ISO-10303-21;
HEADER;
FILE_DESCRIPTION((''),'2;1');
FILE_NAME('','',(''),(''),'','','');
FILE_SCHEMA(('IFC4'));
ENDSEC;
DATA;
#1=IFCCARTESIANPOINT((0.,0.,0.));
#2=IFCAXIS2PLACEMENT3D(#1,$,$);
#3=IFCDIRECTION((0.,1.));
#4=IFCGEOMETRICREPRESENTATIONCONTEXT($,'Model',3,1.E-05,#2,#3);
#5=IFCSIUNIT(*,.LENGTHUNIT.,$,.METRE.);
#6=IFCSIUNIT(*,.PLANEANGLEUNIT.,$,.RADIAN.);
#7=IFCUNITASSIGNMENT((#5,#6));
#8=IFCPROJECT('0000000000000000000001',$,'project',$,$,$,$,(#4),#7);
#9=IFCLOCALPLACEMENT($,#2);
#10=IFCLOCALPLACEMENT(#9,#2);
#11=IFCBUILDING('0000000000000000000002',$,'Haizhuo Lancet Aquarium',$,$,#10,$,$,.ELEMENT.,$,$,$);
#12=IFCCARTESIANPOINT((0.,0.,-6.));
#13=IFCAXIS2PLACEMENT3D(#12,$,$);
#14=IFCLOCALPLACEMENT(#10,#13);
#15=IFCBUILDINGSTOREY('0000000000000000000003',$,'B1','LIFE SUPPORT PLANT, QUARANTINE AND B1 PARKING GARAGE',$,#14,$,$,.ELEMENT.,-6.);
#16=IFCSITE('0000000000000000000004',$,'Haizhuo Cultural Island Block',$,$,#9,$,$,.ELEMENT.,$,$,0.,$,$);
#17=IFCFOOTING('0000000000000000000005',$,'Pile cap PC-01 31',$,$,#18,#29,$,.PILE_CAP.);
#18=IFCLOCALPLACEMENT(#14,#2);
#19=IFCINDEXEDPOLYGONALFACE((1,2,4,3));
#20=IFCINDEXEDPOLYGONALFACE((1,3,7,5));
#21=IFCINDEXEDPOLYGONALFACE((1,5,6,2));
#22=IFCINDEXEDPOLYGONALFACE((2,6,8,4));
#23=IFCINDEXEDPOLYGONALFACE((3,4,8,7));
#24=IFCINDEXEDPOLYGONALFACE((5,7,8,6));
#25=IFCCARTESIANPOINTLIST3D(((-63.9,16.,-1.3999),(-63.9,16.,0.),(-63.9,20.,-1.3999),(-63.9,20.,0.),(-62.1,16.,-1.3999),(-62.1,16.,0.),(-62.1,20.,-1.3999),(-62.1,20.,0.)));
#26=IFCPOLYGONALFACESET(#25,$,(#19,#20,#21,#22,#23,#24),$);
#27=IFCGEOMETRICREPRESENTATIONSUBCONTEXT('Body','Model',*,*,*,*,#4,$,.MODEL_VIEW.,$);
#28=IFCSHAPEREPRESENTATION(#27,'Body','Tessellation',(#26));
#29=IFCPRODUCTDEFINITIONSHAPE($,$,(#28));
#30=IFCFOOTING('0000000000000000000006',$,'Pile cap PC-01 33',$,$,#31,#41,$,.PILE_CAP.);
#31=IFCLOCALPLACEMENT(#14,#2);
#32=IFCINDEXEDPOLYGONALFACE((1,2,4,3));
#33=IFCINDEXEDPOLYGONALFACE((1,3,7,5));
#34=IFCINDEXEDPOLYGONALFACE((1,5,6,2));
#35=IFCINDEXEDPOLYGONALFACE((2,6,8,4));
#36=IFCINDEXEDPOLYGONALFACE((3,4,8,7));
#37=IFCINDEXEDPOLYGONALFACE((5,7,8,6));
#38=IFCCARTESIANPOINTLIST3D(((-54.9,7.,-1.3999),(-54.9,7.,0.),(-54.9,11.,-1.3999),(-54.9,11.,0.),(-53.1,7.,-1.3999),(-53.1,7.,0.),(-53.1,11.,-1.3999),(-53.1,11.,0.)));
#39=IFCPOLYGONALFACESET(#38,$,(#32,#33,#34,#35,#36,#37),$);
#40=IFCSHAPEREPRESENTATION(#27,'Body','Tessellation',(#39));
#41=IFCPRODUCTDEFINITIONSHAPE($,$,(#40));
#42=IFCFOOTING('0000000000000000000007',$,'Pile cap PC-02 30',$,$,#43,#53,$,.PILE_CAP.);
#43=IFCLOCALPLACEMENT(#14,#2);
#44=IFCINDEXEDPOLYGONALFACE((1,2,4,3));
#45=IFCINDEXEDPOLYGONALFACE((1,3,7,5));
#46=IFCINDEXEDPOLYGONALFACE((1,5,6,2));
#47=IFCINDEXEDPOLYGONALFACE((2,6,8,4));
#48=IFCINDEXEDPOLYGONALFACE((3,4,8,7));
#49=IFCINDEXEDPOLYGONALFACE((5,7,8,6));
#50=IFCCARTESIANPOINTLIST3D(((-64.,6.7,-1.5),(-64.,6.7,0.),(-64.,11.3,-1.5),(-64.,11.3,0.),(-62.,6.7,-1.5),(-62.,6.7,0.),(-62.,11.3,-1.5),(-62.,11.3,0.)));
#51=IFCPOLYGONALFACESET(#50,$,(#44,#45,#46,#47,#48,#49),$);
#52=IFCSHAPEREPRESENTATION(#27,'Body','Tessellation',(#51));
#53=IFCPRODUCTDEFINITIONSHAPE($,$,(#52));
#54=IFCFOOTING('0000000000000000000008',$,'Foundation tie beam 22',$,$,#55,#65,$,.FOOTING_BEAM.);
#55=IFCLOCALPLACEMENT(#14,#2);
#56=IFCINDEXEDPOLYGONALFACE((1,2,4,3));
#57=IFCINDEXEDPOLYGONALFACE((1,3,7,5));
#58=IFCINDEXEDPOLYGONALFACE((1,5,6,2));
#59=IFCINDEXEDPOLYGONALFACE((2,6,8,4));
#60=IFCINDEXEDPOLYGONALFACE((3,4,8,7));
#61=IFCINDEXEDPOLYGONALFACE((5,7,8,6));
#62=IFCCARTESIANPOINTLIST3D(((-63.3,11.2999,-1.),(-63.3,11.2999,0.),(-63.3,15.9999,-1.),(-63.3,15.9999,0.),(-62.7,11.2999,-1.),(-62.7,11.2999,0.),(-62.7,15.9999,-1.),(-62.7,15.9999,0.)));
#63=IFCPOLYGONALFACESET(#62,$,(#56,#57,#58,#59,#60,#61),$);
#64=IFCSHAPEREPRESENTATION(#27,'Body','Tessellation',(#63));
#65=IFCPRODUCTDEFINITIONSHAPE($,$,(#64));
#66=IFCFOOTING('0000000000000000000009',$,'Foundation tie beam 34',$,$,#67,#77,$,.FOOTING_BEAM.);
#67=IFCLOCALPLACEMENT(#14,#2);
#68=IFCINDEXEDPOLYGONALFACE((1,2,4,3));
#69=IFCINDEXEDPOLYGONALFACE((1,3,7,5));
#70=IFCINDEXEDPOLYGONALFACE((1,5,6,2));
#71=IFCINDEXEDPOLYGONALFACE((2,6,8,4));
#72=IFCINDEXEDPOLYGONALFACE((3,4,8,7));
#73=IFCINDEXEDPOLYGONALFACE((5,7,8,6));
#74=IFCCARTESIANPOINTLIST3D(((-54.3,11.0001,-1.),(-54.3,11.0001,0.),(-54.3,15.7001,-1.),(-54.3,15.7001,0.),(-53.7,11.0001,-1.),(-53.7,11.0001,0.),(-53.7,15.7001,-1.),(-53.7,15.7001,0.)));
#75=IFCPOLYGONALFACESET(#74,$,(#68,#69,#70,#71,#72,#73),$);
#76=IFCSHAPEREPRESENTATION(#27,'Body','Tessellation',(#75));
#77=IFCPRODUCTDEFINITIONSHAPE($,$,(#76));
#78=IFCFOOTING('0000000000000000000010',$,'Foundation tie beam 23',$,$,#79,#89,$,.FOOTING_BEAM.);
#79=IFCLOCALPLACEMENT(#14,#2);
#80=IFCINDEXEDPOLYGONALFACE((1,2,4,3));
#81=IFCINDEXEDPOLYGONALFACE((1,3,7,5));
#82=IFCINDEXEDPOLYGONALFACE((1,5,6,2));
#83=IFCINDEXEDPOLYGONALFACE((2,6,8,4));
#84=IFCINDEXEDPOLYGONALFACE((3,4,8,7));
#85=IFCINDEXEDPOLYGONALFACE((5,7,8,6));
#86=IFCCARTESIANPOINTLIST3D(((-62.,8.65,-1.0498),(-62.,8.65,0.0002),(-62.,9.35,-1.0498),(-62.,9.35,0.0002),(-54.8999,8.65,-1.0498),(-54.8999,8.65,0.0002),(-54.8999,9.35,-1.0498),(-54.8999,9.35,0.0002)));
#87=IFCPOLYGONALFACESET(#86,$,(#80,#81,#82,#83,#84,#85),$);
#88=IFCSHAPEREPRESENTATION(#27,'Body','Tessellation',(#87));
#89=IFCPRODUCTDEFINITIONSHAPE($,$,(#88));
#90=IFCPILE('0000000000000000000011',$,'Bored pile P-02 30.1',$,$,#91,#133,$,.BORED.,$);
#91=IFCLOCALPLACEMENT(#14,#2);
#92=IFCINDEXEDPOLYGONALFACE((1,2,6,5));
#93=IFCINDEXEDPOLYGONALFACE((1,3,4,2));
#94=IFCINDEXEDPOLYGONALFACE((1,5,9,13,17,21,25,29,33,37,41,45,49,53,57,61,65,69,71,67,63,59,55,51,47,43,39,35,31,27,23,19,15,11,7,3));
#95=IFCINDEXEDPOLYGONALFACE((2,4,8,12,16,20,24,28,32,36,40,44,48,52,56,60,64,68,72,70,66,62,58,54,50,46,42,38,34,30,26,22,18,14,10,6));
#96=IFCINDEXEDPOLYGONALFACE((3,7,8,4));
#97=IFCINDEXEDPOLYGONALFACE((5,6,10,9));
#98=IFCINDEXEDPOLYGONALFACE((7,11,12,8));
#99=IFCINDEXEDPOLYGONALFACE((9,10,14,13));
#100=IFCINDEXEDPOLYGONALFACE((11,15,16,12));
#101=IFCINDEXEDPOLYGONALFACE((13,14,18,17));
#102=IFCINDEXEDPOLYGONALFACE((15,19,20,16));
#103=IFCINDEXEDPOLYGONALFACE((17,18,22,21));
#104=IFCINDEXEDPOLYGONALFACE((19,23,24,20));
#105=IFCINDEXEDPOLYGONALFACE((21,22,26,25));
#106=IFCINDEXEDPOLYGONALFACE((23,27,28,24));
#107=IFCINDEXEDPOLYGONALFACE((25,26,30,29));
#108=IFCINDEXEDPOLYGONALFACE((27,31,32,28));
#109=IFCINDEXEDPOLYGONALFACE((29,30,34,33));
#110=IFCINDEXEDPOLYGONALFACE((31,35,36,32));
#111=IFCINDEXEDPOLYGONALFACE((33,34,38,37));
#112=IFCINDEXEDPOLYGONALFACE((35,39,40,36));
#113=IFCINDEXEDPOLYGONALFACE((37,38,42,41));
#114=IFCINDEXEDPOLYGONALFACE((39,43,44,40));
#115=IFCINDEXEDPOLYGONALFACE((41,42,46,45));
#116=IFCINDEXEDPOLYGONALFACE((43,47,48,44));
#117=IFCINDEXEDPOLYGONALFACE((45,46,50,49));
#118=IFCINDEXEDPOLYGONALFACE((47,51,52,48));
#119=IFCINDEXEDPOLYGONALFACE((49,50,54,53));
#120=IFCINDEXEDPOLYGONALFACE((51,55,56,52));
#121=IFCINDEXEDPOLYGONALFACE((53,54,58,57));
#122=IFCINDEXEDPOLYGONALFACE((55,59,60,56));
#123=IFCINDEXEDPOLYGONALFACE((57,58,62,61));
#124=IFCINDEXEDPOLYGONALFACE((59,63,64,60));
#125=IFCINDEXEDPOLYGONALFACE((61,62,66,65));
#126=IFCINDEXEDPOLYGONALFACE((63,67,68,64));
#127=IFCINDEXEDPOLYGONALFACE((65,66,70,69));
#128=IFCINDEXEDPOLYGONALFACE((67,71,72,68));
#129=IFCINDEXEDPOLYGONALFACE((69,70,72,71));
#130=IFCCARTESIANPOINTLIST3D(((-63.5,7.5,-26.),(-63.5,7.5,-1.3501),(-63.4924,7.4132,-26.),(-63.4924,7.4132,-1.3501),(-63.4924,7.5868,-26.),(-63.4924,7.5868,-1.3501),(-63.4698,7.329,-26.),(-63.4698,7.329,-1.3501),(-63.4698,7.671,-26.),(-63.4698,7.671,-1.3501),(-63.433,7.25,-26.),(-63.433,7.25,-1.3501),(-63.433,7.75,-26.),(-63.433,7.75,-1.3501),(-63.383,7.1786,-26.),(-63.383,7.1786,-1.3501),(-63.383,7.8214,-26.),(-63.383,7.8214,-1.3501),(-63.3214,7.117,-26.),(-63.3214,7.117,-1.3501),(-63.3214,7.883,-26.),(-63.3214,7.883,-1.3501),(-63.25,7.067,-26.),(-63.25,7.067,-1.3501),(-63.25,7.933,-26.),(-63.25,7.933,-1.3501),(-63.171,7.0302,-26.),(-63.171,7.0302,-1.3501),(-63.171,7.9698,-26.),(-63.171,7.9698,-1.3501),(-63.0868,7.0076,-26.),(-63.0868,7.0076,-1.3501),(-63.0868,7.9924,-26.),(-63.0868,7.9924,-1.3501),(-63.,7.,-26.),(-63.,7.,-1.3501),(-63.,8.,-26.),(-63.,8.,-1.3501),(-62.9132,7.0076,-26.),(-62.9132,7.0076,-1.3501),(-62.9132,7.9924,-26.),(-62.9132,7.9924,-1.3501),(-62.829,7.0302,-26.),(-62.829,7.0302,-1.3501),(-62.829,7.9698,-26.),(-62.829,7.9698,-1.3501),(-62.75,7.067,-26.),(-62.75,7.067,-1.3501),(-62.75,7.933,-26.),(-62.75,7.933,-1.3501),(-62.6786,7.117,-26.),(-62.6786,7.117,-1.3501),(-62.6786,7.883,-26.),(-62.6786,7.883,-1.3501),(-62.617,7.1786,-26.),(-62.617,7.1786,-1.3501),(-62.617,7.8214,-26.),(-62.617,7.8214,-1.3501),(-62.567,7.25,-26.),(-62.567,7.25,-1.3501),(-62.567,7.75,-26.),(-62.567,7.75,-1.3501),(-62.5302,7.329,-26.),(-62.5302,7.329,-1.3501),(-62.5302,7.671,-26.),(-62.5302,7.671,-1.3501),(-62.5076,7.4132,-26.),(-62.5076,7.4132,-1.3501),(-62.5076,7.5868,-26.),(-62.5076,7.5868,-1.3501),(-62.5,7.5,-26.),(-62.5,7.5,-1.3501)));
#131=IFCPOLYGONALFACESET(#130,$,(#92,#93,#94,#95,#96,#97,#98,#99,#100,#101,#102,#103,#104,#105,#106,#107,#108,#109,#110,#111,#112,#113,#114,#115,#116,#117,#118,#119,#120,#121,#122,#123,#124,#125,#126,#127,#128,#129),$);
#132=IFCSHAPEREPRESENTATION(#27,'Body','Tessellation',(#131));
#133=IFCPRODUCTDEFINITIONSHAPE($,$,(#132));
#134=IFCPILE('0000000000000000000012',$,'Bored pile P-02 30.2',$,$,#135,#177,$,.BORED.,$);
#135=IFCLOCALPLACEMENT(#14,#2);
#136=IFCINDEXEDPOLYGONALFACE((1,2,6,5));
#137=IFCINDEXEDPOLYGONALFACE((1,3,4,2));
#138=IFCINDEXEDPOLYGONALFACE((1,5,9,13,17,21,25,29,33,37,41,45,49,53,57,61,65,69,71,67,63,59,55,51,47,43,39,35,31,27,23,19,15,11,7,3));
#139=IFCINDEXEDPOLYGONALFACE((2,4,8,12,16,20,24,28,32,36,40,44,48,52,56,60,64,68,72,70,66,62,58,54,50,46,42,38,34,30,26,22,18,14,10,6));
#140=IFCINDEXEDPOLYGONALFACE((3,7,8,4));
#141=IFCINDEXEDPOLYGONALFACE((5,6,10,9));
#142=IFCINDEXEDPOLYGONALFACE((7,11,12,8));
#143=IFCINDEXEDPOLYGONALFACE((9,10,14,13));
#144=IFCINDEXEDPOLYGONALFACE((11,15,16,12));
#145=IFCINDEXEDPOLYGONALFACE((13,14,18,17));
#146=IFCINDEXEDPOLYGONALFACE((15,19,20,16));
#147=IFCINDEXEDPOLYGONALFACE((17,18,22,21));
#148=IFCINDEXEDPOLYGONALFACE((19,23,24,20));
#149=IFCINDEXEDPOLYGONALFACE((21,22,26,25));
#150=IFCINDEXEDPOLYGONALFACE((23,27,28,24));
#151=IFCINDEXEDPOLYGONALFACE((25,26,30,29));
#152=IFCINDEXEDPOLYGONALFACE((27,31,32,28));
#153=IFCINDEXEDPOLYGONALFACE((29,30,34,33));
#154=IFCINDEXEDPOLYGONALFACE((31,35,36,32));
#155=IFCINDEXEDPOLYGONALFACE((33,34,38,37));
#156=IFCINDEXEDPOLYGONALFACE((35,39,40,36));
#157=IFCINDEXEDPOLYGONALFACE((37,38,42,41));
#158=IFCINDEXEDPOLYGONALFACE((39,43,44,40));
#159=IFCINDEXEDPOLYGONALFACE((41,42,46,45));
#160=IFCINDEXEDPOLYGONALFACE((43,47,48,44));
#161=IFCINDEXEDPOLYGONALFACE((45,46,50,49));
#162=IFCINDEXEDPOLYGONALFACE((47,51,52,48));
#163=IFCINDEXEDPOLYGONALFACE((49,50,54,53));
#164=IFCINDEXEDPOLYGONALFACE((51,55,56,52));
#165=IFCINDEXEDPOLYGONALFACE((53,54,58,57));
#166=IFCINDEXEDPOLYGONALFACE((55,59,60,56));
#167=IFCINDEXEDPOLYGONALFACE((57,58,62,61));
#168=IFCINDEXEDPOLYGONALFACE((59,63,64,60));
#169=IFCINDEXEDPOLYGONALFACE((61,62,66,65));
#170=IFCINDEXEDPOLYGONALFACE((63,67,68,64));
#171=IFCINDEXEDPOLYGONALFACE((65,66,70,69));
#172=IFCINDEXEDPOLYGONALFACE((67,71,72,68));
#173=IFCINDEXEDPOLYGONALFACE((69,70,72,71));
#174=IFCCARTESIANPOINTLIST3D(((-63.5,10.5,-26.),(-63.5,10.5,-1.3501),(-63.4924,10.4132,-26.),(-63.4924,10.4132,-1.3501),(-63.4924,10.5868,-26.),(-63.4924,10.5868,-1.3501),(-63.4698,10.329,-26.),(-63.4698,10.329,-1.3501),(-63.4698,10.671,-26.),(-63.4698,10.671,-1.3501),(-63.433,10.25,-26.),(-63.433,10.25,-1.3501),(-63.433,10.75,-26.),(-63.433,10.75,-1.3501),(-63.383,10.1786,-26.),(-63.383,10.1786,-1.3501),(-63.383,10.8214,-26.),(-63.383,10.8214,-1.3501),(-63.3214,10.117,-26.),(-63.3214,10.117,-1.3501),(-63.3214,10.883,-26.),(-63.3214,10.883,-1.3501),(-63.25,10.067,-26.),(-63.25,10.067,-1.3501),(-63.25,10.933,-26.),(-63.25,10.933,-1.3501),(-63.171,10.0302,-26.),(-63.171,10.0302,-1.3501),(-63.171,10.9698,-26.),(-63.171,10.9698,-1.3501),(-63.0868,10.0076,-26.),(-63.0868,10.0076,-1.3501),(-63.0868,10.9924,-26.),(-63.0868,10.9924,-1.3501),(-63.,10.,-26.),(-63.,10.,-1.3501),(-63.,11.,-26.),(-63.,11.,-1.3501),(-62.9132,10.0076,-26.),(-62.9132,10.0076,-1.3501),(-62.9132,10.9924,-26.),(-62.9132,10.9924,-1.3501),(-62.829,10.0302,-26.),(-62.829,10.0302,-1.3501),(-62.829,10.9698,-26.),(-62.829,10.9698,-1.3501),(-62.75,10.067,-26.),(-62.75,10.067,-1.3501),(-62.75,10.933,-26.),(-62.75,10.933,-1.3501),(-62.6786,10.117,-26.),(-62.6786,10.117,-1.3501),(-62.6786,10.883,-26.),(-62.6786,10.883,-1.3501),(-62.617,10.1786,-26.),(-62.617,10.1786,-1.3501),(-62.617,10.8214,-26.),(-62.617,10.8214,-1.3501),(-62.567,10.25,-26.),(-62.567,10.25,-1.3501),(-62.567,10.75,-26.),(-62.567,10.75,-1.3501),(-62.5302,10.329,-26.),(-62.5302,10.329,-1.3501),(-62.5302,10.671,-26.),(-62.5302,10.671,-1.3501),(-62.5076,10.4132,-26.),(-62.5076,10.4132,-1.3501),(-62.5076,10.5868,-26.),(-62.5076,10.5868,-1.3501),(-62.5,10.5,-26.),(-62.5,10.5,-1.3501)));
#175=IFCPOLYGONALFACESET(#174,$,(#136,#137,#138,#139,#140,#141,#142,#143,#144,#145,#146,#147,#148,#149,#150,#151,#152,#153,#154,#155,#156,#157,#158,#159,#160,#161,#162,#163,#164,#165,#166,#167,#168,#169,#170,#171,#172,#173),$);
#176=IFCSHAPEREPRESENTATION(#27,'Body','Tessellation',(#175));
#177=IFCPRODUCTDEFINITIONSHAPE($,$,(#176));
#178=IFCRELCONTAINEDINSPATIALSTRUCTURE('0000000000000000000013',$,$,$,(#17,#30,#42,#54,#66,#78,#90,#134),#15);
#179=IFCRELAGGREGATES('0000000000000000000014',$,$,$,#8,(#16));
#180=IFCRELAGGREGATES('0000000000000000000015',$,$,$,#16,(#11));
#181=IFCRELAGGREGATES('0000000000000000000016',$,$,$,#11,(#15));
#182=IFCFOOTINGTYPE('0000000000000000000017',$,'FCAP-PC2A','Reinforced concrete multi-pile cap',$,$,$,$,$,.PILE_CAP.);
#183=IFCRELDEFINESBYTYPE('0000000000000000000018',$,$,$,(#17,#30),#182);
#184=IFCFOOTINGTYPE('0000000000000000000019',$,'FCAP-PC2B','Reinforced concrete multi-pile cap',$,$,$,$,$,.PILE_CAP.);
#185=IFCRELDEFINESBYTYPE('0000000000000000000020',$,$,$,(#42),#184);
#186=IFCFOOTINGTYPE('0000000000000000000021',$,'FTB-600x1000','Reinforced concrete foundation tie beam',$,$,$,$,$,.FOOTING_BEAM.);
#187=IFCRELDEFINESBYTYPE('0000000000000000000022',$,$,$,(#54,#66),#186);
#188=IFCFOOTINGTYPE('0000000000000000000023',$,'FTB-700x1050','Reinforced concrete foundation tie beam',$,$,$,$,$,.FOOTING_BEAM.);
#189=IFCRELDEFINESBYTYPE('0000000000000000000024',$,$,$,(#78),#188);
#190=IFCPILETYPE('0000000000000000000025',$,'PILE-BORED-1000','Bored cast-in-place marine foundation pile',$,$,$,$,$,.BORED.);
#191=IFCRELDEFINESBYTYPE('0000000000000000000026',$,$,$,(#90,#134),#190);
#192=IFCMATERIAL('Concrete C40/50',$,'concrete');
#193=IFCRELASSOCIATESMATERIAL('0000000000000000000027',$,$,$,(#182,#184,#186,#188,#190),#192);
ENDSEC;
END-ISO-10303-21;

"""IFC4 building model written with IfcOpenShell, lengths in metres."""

from ifc_helpers import new_model, si_unit, direction, frame, origin, origin_2d, place, context, subcontext, project, spatial, rectangle, circle, extrude, material, material_profile, profile_set, type_object, element, save


model = new_model("IFC4")

# Units and contexts
model_context = context("Model", 3, precision=1e-05, world=origin(), true_north=direction((0.0, 1.0)))
body_context = subcontext(model_context, "Body", "Model", "MODEL_VIEW")
ifc_project = project(units=[si_unit("LENGTHUNIT", "METRE"), si_unit("PLANEANGLEUNIT", "RADIAN")], contexts=[model_context])

# Site, building, storey
site_placement = place(None, origin())
site = spatial("IfcSite", under=ifc_project, at=site_placement, Name="Haizhuo Cultural Island Block", CompositionType="ELEMENT", RefElevation=0.0)
building_placement = place(site_placement, origin())
building = spatial("IfcBuilding", under=site, at=building_placement, Name="Haizhuo Lancet Aquarium", CompositionType="ELEMENT")
storey_placement = place(building_placement, frame((0.0, 0.0, -6.0)))
storey = spatial("IfcBuildingStorey", under=building, at=storey_placement, Name="B1", Description="LIFE SUPPORT PLANT, QUARANTINE AND B1 PARKING GARAGE", CompositionType="ELEMENT", Elevation=-6.0)

# Footings
ifc_material_1 = material(Name="Concrete C40/50", Category="concrete")
footing_type_1 = type_object("IfcFootingType", Name="FCAP-PC2A", Description="Reinforced concrete multi-pile cap", PredefinedType="PILE_CAP", material=ifc_material_1)
for number, where, z_axis, x_axis, name in (
    (1, (-63.0, 18.0, -1.3999), (0.0, 0.0, 1.0), (1.0, 0.0, 0.0), "Pile cap PC-01 31"),
    (2, (-54.0, 9.0, -1.3999), (0.0, 0.0, 1.0), (1.0, 0.0, 0.0), "Pile cap PC-01 33"),
):
    element("IfcFooting", number, at=place(storey_placement, frame(where, z_axis=z_axis, x_axis=x_axis)), inside=storey, type_object=footing_type_1, Name=name, PredefinedType="PILE_CAP", context=body_context, shape_type="SweptSolid", body=[
        extrude(rectangle(XDim=1.8, YDim=4.0, at=origin_2d()), origin(), (0.0, 0.0, 1.0), 1.3999),
    ])
footing_type_2 = type_object("IfcFootingType", Name="FCAP-PC2B", Description="Reinforced concrete multi-pile cap", PredefinedType="PILE_CAP", material=ifc_material_1)
footing_1_placement = place(storey_placement, frame((-63.0, 9.0, -1.5), z_axis=(0.0, 0.0, 1.0), x_axis=(1.0, 0.0, 0.0)))
element("IfcFooting", 3, at=footing_1_placement, inside=storey, type_object=footing_type_2, Name="Pile cap PC-02 30", PredefinedType="PILE_CAP", context=body_context, shape_type="SweptSolid", body=[
    extrude(rectangle(XDim=2.0, YDim=4.6001, at=origin_2d()), origin(), (0.0, 0.0, 1.0), 1.5),
])
footing_type_3 = type_object("IfcFootingType", Name="FTB-600x1000", Description="Reinforced concrete foundation tie beam", PredefinedType="FOOTING_BEAM", material=ifc_material_1)
for number, where, z_axis, x_axis, name in (
    (4, (-63.0, 13.6499, -1.0), (0.0, 0.0, 1.0), (0.0, 1.0, 0.0), "Foundation tie beam 22"),
    (5, (-54.0, 13.3501, -1.0), (0.0, 0.0, 1.0), (0.0, 1.0, 0.0), "Foundation tie beam 34"),
):
    element("IfcFooting", number, at=place(storey_placement, frame(where, z_axis=z_axis, x_axis=x_axis)), inside=storey, type_object=footing_type_3, Name=name, PredefinedType="FOOTING_BEAM", context=body_context, shape_type="SweptSolid", body=[
        extrude(rectangle(XDim=4.7, YDim=0.6001, at=origin_2d()), origin(), (0.0, 0.0, 1.0), 1.0),
    ])
footing_type_4 = type_object("IfcFootingType", Name="FTB-700x1050", Description="Reinforced concrete foundation tie beam", PredefinedType="FOOTING_BEAM", material=ifc_material_1)
footing_2_placement = place(storey_placement, frame((-58.45, 9.0, -1.0498), z_axis=(0.0, 0.0, 1.0), x_axis=(1.0, 0.0, 0.0)))
element("IfcFooting", 6, at=footing_2_placement, inside=storey, type_object=footing_type_4, Name="Foundation tie beam 23", PredefinedType="FOOTING_BEAM", context=body_context, shape_type="SweptSolid", body=[
    extrude(rectangle(XDim=7.1001, YDim=0.7, at=origin_2d()), origin(), (0.0, 0.0, 1.0), 1.05),
])

# Piles
ifc_material_profile_1 = material_profile(ifc_material_1, circle(Radius=0.5, at=origin_2d()), Name="PILE-1000")
ifc_profile_set_1 = profile_set([ifc_material_profile_1], Name="Concrete C40/50")
pile_type_1 = type_object("IfcPileType", Name="PILE-BORED-1000", Description="Bored cast-in-place marine foundation pile", PredefinedType="BORED", material=ifc_profile_set_1)
for number, where, z_axis, x_axis, name in (
    (7, (-63.0, 7.5, -1.3501), (0.0, 0.0, -1.0), (1.0, 0.0, 0.0), "Bored pile P-02 30.1"),
    (8, (-63.0, 10.5, -1.3501), (0.0, 0.0, -1.0), (1.0, 0.0, 0.0), "Bored pile P-02 30.2"),
):
    element("IfcPile", number, at=place(storey_placement, frame(where, z_axis=z_axis, x_axis=x_axis)), inside=storey, type_object=pile_type_1, Name=name, PredefinedType="BORED", context=body_context, shape_type="SweptSolid", body=[
        extrude(circle(Radius=0.5, at=origin_2d()), origin(), (0.0, 0.0, 1.0), 24.6499),
    ])

save(model, "model.ifc")
